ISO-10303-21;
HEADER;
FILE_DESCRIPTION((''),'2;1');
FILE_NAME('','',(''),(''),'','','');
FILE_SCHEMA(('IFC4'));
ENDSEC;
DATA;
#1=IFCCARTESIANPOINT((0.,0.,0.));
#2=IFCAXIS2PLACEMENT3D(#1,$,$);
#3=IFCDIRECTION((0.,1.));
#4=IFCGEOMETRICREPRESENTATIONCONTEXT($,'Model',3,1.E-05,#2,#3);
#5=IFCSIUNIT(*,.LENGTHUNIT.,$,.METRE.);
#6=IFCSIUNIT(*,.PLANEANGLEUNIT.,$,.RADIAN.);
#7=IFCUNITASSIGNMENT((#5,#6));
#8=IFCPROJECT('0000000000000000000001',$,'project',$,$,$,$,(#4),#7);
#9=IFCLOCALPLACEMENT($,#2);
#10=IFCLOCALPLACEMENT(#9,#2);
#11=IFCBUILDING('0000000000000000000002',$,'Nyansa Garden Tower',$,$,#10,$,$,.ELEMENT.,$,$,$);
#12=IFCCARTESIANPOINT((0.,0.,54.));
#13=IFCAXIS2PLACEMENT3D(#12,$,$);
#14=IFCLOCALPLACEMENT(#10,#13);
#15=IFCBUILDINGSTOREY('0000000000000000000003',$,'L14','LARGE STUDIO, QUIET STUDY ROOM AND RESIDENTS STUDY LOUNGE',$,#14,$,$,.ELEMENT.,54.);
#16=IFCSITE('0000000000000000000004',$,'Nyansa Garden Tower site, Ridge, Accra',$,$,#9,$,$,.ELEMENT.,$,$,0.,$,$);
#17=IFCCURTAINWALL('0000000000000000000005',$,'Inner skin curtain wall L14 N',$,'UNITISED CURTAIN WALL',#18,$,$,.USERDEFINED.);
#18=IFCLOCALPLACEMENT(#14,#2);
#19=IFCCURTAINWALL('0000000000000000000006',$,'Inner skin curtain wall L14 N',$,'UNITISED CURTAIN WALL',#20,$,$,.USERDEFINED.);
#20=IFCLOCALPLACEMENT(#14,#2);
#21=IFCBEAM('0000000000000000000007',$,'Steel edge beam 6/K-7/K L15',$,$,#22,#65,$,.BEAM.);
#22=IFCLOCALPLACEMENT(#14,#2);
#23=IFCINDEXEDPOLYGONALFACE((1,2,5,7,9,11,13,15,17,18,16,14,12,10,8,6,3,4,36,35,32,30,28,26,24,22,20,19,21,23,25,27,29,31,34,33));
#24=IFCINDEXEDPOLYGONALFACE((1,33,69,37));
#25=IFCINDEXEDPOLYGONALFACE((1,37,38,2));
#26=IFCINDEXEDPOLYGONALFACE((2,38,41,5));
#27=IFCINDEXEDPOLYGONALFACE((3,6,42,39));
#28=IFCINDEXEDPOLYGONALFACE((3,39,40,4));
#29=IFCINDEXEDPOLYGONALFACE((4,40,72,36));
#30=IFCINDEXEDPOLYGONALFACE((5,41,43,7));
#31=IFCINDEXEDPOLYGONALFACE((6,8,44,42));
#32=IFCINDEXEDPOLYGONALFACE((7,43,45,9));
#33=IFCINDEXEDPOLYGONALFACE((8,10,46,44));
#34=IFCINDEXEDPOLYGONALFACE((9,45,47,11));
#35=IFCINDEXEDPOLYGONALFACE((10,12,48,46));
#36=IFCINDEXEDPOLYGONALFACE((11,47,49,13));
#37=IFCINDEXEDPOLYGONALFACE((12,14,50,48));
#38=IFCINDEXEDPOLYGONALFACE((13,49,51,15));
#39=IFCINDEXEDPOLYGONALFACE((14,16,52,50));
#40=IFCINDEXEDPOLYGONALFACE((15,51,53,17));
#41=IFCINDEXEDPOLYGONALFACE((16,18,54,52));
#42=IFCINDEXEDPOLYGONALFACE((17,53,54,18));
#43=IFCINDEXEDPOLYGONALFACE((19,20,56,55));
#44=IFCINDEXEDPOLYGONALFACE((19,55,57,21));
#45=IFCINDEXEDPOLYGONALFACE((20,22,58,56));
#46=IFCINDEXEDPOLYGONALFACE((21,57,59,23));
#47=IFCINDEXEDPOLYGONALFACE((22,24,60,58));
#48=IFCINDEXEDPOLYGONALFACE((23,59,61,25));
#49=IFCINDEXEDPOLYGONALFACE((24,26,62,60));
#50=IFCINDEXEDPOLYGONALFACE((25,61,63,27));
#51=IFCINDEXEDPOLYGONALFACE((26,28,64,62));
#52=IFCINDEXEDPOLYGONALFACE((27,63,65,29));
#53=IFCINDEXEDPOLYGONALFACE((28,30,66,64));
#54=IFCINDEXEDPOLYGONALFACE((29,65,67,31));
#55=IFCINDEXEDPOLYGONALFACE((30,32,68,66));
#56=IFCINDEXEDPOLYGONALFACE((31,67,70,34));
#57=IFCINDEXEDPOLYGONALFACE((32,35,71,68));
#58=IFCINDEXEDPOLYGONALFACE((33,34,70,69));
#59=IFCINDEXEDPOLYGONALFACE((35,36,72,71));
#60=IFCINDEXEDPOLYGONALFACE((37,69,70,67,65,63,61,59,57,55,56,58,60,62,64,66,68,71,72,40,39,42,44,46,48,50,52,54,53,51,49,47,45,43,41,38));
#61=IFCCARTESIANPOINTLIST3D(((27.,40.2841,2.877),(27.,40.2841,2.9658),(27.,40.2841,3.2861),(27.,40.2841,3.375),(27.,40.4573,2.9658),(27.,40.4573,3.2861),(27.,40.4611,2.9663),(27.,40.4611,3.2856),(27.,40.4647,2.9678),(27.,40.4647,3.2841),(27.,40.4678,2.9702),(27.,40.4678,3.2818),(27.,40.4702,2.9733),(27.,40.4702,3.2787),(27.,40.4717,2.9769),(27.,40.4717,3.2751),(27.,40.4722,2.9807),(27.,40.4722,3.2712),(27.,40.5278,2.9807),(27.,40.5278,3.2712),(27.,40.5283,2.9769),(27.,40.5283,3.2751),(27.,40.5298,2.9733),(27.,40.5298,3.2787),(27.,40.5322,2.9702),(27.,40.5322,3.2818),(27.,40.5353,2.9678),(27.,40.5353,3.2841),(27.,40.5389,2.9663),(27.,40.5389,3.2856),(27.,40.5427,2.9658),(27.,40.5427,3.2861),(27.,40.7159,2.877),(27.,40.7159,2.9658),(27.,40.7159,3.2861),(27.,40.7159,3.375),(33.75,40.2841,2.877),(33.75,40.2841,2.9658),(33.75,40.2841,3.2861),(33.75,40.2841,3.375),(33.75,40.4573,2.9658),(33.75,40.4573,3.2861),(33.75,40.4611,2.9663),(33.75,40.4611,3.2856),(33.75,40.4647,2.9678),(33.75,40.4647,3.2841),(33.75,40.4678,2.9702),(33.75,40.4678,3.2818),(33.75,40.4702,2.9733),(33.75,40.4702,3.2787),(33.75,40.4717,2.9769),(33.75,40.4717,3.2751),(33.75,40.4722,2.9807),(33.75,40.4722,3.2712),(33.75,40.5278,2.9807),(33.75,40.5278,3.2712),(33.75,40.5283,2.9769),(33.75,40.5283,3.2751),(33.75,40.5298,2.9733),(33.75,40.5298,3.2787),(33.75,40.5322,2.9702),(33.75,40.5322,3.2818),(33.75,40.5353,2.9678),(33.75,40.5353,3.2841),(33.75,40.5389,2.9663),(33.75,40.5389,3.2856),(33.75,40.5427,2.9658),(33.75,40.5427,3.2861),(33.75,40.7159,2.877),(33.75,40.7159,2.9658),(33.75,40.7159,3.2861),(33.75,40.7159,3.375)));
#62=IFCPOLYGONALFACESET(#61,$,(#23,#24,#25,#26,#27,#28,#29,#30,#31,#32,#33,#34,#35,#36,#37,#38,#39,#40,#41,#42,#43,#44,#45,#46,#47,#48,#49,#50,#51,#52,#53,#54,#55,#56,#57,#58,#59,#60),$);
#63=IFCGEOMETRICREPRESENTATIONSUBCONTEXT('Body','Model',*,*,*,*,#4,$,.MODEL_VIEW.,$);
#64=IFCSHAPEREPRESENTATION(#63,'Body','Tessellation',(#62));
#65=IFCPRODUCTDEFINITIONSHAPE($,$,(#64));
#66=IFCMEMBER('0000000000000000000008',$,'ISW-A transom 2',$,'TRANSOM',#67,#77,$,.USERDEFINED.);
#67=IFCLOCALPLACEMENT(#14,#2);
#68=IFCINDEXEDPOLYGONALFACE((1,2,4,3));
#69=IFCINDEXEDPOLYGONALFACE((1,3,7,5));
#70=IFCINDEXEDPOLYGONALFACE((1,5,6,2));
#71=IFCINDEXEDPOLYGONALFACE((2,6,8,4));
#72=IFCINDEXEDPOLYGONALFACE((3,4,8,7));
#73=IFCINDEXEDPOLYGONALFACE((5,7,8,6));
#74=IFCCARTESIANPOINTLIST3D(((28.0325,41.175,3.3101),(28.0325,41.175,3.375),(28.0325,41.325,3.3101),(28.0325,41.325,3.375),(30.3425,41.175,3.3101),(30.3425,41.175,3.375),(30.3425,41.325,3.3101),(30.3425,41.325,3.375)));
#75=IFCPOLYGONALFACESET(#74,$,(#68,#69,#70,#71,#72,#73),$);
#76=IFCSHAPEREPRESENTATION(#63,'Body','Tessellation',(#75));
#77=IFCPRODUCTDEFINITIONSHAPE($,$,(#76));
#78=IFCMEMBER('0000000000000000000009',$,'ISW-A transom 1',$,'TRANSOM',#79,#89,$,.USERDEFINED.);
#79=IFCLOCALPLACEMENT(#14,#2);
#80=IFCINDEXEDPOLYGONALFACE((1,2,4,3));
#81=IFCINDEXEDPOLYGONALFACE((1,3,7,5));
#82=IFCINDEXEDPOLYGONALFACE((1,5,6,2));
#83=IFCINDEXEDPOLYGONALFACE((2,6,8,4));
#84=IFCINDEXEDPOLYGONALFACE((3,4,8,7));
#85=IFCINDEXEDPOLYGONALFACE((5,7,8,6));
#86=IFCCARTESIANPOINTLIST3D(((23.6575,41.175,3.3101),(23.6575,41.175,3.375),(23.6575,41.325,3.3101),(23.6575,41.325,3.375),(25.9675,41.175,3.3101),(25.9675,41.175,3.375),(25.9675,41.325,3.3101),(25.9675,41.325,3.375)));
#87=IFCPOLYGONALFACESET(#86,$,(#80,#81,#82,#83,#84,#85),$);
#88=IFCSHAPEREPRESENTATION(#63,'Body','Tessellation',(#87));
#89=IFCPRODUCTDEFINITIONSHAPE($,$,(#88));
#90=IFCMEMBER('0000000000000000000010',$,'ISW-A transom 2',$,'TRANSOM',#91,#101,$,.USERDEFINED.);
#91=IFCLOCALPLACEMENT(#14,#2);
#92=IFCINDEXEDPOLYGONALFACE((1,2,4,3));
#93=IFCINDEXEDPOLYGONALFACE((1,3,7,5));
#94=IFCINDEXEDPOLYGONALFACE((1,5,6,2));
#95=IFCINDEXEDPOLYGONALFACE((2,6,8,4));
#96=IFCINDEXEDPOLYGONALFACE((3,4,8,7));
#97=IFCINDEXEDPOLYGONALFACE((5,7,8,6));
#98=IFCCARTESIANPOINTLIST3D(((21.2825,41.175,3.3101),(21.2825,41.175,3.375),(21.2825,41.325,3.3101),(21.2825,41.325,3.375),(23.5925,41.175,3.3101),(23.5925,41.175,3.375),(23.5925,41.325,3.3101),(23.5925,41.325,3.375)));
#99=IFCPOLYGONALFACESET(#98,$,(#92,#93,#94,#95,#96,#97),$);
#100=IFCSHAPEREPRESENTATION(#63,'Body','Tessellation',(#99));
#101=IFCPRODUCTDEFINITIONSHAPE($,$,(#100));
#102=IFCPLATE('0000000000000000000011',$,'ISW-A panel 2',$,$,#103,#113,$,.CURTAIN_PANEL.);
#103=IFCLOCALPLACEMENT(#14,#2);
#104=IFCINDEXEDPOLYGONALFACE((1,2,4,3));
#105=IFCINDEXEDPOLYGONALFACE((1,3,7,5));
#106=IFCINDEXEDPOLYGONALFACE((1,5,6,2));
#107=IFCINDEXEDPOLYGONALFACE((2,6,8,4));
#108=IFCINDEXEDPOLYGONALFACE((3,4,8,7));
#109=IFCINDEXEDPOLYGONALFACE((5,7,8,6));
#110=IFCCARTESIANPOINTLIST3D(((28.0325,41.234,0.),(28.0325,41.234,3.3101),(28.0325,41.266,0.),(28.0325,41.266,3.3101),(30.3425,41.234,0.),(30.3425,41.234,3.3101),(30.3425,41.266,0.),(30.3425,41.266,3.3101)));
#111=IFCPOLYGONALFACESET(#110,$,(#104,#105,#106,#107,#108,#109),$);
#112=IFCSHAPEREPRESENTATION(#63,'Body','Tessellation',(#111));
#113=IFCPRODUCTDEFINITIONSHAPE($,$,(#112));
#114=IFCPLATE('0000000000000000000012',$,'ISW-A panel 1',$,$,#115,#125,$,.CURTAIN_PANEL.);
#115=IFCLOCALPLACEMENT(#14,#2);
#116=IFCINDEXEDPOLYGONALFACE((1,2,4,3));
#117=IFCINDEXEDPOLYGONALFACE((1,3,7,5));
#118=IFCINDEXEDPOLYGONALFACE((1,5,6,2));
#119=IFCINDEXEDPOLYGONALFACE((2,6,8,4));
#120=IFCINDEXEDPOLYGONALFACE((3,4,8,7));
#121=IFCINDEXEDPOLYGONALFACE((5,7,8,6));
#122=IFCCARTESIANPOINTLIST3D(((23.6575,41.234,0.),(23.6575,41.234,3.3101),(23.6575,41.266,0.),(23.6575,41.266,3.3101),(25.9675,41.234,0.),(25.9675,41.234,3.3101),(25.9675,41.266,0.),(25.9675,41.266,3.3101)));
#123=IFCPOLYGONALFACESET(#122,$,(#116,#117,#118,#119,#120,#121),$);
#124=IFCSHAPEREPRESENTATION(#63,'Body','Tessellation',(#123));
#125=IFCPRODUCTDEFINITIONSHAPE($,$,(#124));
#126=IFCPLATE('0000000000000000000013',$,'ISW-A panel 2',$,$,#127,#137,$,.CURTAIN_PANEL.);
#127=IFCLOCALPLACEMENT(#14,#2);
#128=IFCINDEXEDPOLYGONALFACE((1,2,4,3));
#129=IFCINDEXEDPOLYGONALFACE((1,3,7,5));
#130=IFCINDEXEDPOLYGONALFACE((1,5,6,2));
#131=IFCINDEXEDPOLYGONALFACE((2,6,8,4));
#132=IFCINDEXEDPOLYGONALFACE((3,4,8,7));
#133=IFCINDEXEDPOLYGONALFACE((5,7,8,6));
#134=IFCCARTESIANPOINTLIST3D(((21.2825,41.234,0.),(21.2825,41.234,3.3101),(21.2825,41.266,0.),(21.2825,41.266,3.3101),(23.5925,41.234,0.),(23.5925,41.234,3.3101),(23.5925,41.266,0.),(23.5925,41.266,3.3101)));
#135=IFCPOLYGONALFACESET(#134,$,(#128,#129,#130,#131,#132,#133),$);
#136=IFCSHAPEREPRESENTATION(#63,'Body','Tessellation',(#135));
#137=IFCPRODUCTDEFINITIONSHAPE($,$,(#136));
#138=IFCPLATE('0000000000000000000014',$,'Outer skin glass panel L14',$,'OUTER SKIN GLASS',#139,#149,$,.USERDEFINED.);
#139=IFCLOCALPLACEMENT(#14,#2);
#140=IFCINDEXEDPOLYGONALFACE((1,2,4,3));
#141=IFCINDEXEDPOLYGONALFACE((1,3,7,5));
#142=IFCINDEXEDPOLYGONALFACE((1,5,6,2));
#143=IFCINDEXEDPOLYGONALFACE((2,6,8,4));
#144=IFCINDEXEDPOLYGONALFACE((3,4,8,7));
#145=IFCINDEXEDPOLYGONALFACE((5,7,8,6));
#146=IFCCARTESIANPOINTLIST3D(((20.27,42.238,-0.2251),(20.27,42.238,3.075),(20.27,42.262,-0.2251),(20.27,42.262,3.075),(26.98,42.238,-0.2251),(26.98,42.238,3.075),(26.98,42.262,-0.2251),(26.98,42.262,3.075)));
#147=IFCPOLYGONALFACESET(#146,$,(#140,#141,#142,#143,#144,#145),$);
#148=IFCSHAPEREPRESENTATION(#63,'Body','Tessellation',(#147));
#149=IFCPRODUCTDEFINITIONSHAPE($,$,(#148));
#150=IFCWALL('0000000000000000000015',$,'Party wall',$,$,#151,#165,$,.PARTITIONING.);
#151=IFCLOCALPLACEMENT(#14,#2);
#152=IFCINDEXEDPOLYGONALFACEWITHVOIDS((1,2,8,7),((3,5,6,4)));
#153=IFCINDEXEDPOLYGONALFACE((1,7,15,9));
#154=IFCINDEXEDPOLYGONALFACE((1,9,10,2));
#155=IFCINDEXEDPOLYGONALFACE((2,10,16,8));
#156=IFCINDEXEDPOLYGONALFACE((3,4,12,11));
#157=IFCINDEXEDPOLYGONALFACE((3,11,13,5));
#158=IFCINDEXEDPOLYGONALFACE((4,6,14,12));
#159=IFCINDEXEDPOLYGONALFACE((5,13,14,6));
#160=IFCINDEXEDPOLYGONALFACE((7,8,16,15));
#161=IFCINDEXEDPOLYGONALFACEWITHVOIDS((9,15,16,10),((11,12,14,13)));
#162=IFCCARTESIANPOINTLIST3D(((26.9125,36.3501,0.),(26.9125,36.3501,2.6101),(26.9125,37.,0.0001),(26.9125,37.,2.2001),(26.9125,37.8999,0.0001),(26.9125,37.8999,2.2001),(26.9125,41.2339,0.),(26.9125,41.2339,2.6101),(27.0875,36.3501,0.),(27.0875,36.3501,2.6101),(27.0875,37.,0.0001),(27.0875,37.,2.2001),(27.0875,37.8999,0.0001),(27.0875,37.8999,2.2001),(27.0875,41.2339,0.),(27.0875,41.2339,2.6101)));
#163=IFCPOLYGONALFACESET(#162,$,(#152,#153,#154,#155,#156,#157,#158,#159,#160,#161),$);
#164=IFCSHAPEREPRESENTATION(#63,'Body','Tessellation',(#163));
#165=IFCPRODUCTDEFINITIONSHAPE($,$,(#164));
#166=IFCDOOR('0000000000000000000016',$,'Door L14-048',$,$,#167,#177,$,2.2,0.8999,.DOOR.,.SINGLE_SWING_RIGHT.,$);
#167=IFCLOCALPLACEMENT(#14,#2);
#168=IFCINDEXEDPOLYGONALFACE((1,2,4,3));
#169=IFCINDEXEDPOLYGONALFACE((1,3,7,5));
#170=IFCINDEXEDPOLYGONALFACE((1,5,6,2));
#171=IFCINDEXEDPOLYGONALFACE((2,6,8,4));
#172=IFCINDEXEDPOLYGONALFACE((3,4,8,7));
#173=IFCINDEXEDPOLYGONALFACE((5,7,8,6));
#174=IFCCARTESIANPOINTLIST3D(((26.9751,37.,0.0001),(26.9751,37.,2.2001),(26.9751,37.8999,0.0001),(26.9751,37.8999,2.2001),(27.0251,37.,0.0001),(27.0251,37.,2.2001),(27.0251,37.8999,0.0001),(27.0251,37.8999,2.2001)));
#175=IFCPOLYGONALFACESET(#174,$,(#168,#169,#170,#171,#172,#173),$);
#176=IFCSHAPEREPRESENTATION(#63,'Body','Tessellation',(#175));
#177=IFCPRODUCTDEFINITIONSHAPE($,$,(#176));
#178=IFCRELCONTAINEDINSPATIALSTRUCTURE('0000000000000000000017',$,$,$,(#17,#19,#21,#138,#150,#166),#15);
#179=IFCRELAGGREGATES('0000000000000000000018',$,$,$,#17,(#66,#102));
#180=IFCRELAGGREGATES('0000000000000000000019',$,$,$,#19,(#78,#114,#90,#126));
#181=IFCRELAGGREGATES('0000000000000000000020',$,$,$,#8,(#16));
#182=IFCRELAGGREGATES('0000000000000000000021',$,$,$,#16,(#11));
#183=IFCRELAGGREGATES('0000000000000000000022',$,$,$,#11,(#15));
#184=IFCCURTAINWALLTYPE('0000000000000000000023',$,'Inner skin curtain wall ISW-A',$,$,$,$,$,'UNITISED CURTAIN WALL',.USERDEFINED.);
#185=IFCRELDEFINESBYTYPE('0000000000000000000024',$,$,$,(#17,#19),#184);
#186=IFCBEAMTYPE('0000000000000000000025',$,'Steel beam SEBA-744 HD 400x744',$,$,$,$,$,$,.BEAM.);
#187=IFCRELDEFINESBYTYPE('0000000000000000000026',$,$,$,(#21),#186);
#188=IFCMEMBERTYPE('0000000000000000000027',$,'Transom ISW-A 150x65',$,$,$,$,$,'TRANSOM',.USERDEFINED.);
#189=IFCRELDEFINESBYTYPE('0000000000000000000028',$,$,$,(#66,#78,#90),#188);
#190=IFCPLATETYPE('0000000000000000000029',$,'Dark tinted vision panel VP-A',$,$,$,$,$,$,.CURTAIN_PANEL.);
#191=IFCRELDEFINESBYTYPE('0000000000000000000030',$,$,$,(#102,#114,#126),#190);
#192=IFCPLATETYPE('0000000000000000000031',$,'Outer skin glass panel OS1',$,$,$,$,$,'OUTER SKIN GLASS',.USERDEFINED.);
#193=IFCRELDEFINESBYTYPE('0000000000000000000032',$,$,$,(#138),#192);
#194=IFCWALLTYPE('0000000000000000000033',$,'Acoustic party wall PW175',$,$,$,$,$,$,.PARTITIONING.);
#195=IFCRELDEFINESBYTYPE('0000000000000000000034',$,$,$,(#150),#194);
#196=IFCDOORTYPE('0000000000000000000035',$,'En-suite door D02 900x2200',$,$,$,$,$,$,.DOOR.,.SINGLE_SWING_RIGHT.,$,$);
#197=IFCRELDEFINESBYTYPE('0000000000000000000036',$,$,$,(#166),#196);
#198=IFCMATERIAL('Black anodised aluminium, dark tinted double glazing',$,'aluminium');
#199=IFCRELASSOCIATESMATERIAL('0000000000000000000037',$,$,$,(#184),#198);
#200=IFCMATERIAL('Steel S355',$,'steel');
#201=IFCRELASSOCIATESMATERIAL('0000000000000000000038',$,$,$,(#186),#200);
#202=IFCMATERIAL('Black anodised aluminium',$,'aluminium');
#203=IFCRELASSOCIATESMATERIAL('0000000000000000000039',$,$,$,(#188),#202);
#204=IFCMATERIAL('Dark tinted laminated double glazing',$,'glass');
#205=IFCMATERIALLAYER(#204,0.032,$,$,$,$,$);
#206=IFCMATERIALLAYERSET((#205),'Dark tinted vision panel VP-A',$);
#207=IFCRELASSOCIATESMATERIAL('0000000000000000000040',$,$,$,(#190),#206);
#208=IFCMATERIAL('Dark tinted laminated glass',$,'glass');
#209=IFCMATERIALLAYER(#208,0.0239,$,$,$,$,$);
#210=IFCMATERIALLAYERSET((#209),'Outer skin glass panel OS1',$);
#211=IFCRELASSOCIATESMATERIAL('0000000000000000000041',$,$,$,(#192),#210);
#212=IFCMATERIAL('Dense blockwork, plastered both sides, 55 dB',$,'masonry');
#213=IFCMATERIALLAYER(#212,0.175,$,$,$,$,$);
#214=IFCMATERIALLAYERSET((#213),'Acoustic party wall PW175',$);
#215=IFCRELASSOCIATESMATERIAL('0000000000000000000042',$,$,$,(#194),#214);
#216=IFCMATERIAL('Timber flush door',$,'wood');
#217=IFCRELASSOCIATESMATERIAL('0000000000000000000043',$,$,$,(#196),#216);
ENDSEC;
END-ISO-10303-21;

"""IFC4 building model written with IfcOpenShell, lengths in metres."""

from ifc_helpers import new_model, si_unit, direction, frame, frame_2d, origin, origin_2d, place, context, subcontext, project, spatial, rectangle, i_section, extrude, material, layer, layer_set, material_profile, profile_set, type_object, element, fill, aggregate, save


model = new_model("IFC4")

# Units and contexts
model_context = context("Model", 3, precision=1e-05, world=origin(), true_north=direction((0.0, 1.0)))
body_context = subcontext(model_context, "Body", "Model", "MODEL_VIEW")
ifc_project = project(units=[si_unit("LENGTHUNIT", "METRE"), si_unit("PLANEANGLEUNIT", "RADIAN")], contexts=[model_context])

# Site, building, storey
site_placement = place(None, origin())
site = spatial("IfcSite", under=ifc_project, at=site_placement, Name="Nyansa Garden Tower site, Ridge, Accra", CompositionType="ELEMENT", RefElevation=0.0)
building_placement = place(site_placement, origin())
building = spatial("IfcBuilding", under=site, at=building_placement, Name="Nyansa Garden Tower", CompositionType="ELEMENT")
storey_placement = place(building_placement, frame((0.0, 0.0, 54.0)))
storey = spatial("IfcBuildingStorey", under=building, at=storey_placement, Name="L14", Description="LARGE STUDIO, QUIET STUDY ROOM AND RESIDENTS STUDY LOUNGE", CompositionType="ELEMENT", Elevation=54.0)

# Curtain walls
ifc_material_1 = material(Name="Black anodised aluminium, dark tinted double glazing", Category="aluminium")
curtain_wall_type = type_object("IfcCurtainWallType", Name="Inner skin curtain wall ISW-A", ElementType="UNITISED CURTAIN WALL", PredefinedType="USERDEFINED", material=ifc_material_1)
curtain_wall_1_placement = place(storey_placement, origin())
curtain_wall_1 = element("IfcCurtainWall", 1, at=curtain_wall_1_placement, inside=storey, type_object=curtain_wall_type, Name="Inner skin curtain wall L14 N", ObjectType="UNITISED CURTAIN WALL", PredefinedType="USERDEFINED")
curtain_wall_2_placement = place(storey_placement, origin())
curtain_wall_2 = element("IfcCurtainWall", 2, at=curtain_wall_2_placement, inside=storey, type_object=curtain_wall_type, Name="Inner skin curtain wall L14 N", ObjectType="UNITISED CURTAIN WALL", PredefinedType="USERDEFINED")

# Beam
ifc_material_2 = material(Name="Steel S355", Category="steel")
ifc_material_profile_1 = material_profile(ifc_material_2, i_section(OverallWidth=0.4319, OverallDepth=0.498, WebThickness=0.0557, FlangeThickness=0.0889, FilletRadius=0.0149, at=origin_2d()), Name="HD 400x744")
ifc_profile_set_1 = profile_set([ifc_material_profile_1], Name="Steel S355")
beam_type_1 = type_object("IfcBeamType", Name="Steel beam SEBA-744 HD 400x744", PredefinedType="BEAM", material=ifc_profile_set_1)
beam_1_placement = place(storey_placement, frame((27.0, 40.5, 3.126), z_axis=(1.0, 0.0, 0.0), x_axis=(0.0, 1.0, 0.0)))
element("IfcBeam", 3, at=beam_1_placement, inside=storey, type_object=beam_type_1, Name="Steel edge beam 6/K-7/K L15", PredefinedType="BEAM", context=body_context, shape_type="SweptSolid", body=[
    extrude(i_section(OverallWidth=0.4319, OverallDepth=0.498, WebThickness=0.0557, FlangeThickness=0.0889, FilletRadius=0.0149, at=origin_2d()), origin(), (0.0, 0.0, 1.0), 6.75),
])

# Members
ifc_material_3 = material(Name="Black anodised aluminium", Category="aluminium")
ifc_material_profile_2 = material_profile(ifc_material_3, rectangle(XDim=0.1499, YDim=0.0649, at=origin_2d()), Name="Transom 150x65")
ifc_profile_set_2 = profile_set([ifc_material_profile_2], Name="Black anodised aluminium")
member_type_1 = type_object("IfcMemberType", Name="Transom ISW-A 150x65", ElementType="TRANSOM", PredefinedType="USERDEFINED", material=ifc_profile_set_2)
member_1_placement = place(storey_placement, frame((30.3425, 41.25, 3.3425), z_axis=(-1.0, 0.0, 0.0), x_axis=(0.0, -1.0, 0.0)))
member_1 = element("IfcMember", 4, at=member_1_placement, type_object=member_type_1, Name="ISW-A transom 2", ObjectType="TRANSOM", PredefinedType="USERDEFINED", context=body_context, shape_type="SweptSolid", body=[
    extrude(rectangle(XDim=0.1499, YDim=0.0649, at=origin_2d()), origin(), (0.0, 0.0, 1.0), 2.3101),
])
member_2_placement = place(storey_placement, frame((25.9675, 41.25, 3.3425), z_axis=(-1.0, 0.0, 0.0), x_axis=(0.0, -1.0, 0.0)))
member_2 = element("IfcMember", 5, at=member_2_placement, type_object=member_type_1, Name="ISW-A transom 1", ObjectType="TRANSOM", PredefinedType="USERDEFINED", context=body_context, shape_type="SweptSolid", body=[
    extrude(rectangle(XDim=0.1499, YDim=0.0649, at=origin_2d()), origin(), (0.0, 0.0, 1.0), 2.3101),
])
member_3_placement = place(storey_placement, frame((23.5925, 41.25, 3.3425), z_axis=(-1.0, 0.0, 0.0), x_axis=(0.0, -1.0, 0.0)))
member_3 = element("IfcMember", 6, at=member_3_placement, type_object=member_type_1, Name="ISW-A transom 2", ObjectType="TRANSOM", PredefinedType="USERDEFINED", context=body_context, shape_type="SweptSolid", body=[
    extrude(rectangle(XDim=0.1499, YDim=0.0649, at=origin_2d()), origin(), (0.0, 0.0, 1.0), 2.3101),
])

# Plates
ifc_material_4 = material(Name="Dark tinted laminated double glazing", Category="glass")
ifc_layer_1 = layer(ifc_material_4, 0.032)
ifc_layer_set_1 = layer_set([ifc_layer_1], Name="Dark tinted vision panel VP-A")
plate_type_1 = type_object("IfcPlateType", Name="Dark tinted vision panel VP-A", PredefinedType="CURTAIN_PANEL", material=ifc_layer_set_1)
plate_1_placement = place(storey_placement, frame((29.1875, 41.25, 0.0), z_axis=(0.0, 0.0, 1.0), x_axis=(-1.0, 0.0, 0.0)))
plate_1 = element("IfcPlate", 7, at=plate_1_placement, type_object=plate_type_1, Name="ISW-A panel 2", PredefinedType="CURTAIN_PANEL", context=body_context, shape_type="SweptSolid", body=[
    extrude(rectangle(XDim=2.3101, YDim=0.032, at=origin_2d()), origin(), (0.0, 0.0, 1.0), 3.3101),
])
aggregate(curtain_wall_1, [member_1, plate_1])
plate_2_placement = place(storey_placement, frame((24.8125, 41.25, 0.0), z_axis=(0.0, 0.0, 1.0), x_axis=(-1.0, 0.0, 0.0)))
plate_2 = element("IfcPlate", 8, at=plate_2_placement, type_object=plate_type_1, Name="ISW-A panel 1", PredefinedType="CURTAIN_PANEL", context=body_context, shape_type="SweptSolid", body=[
    extrude(rectangle(XDim=2.3101, YDim=0.032, at=origin_2d()), origin(), (0.0, 0.0, 1.0), 3.3101),
])
plate_3_placement = place(storey_placement, frame((22.4375, 41.25, 0.0), z_axis=(0.0, 0.0, 1.0), x_axis=(-1.0, 0.0, 0.0)))
plate_3 = element("IfcPlate", 9, at=plate_3_placement, type_object=plate_type_1, Name="ISW-A panel 2", PredefinedType="CURTAIN_PANEL", context=body_context, shape_type="SweptSolid", body=[
    extrude(rectangle(XDim=2.3101, YDim=0.032, at=origin_2d()), origin(), (0.0, 0.0, 1.0), 3.3101),
])
aggregate(curtain_wall_2, [member_2, plate_2, member_3, plate_3])
ifc_material_5 = material(Name="Dark tinted laminated glass", Category="glass")
ifc_layer_2 = layer(ifc_material_5, 0.0239)
ifc_layer_set_2 = layer_set([ifc_layer_2], Name="Outer skin glass panel OS1")
plate_type_2 = type_object("IfcPlateType", Name="Outer skin glass panel OS1", ElementType="OUTER SKIN GLASS", PredefinedType="USERDEFINED", material=ifc_layer_set_2)
plate_4_placement = place(storey_placement, frame((23.625, 42.25, -0.2251), z_axis=(0.0, 0.0, 1.0), x_axis=(1.0, 0.0, 0.0)))
element("IfcPlate", 10, at=plate_4_placement, inside=storey, type_object=plate_type_2, Name="Outer skin glass panel L14", ObjectType="OUTER SKIN GLASS", PredefinedType="USERDEFINED", context=body_context, shape_type="SweptSolid", body=[
    extrude(rectangle(XDim=6.71, YDim=0.0239, at=origin_2d()), origin(), (0.0, 0.0, 1.0), 3.3),
])

# Wall, opening, door
ifc_material_6 = material(Name="Dense blockwork, plastered both sides, 55 dB", Category="masonry")
ifc_layer_3 = layer(ifc_material_6, 0.175)
ifc_layer_set_3 = layer_set([ifc_layer_3], Name="Acoustic party wall PW175")
wall_type_1 = type_object("IfcWallType", Name="Acoustic party wall PW175", PredefinedType="PARTITIONING", material=ifc_layer_set_3)
wall_1_placement = place(storey_placement, frame((27.0, 36.3501, 0.0), z_axis=(0.0, 0.0, 1.0), x_axis=(0.0, 1.0, 0.0)))
wall_1 = element("IfcWall", 11, at=wall_1_placement, inside=storey, type_object=wall_type_1, Name="Party wall", PredefinedType="PARTITIONING", context=body_context, shape_type="SweptSolid", body=[
    extrude(rectangle(XDim=4.8838, YDim=0.175, at=frame_2d((2.4419, 0.0))), origin(), (0.0, 0.0, 1.0), 2.6101),
])
opening_1_placement = place(wall_1_placement, frame((0.6499, 0.0, 0.0)))
opening_1 = element("IfcOpeningElement", 12, at=opening_1_placement, cuts=wall_1, PredefinedType="OPENING", context=body_context, shape_type="SweptSolid", body=[
    extrude(rectangle(XDim=0.8999, YDim=2.2, at=frame_2d((0.45, 1.1001))), frame((0.0, 0.0974, 0.0), z_axis=(0.0, -1.0, 0.0), x_axis=(1.0, 0.0, 0.0)), (0.0, 0.0, 1.0), 0.1951),
])
ifc_material_7 = material(Name="Timber flush door", Category="wood")
door_type = type_object("IfcDoorType", Name="En-suite door D02 900x2200", OperationType="SINGLE_SWING_RIGHT", PredefinedType="DOOR", material=ifc_material_7)
door_1_placement = place(opening_1_placement, origin())
door_1 = element("IfcDoor", 13, at=door_1_placement, inside=storey, type_object=door_type, Name="Door L14-048", OperationType="SINGLE_SWING_RIGHT", OverallHeight=2.2, OverallWidth=0.8999, PredefinedType="DOOR", context=body_context, shape_type="SweptSolid", body=[
    extrude(rectangle(XDim=0.8999, YDim=2.2, at=frame_2d((0.45, 1.1001))), frame((0.0, 0.0249, 0.0), z_axis=(0.0, -1.0, 0.0), x_axis=(1.0, 0.0, 0.0)), (0.0, 0.0, 1.0), 0.05),
])
fill(opening_1, door_1)

save(model, "model.ifc")
